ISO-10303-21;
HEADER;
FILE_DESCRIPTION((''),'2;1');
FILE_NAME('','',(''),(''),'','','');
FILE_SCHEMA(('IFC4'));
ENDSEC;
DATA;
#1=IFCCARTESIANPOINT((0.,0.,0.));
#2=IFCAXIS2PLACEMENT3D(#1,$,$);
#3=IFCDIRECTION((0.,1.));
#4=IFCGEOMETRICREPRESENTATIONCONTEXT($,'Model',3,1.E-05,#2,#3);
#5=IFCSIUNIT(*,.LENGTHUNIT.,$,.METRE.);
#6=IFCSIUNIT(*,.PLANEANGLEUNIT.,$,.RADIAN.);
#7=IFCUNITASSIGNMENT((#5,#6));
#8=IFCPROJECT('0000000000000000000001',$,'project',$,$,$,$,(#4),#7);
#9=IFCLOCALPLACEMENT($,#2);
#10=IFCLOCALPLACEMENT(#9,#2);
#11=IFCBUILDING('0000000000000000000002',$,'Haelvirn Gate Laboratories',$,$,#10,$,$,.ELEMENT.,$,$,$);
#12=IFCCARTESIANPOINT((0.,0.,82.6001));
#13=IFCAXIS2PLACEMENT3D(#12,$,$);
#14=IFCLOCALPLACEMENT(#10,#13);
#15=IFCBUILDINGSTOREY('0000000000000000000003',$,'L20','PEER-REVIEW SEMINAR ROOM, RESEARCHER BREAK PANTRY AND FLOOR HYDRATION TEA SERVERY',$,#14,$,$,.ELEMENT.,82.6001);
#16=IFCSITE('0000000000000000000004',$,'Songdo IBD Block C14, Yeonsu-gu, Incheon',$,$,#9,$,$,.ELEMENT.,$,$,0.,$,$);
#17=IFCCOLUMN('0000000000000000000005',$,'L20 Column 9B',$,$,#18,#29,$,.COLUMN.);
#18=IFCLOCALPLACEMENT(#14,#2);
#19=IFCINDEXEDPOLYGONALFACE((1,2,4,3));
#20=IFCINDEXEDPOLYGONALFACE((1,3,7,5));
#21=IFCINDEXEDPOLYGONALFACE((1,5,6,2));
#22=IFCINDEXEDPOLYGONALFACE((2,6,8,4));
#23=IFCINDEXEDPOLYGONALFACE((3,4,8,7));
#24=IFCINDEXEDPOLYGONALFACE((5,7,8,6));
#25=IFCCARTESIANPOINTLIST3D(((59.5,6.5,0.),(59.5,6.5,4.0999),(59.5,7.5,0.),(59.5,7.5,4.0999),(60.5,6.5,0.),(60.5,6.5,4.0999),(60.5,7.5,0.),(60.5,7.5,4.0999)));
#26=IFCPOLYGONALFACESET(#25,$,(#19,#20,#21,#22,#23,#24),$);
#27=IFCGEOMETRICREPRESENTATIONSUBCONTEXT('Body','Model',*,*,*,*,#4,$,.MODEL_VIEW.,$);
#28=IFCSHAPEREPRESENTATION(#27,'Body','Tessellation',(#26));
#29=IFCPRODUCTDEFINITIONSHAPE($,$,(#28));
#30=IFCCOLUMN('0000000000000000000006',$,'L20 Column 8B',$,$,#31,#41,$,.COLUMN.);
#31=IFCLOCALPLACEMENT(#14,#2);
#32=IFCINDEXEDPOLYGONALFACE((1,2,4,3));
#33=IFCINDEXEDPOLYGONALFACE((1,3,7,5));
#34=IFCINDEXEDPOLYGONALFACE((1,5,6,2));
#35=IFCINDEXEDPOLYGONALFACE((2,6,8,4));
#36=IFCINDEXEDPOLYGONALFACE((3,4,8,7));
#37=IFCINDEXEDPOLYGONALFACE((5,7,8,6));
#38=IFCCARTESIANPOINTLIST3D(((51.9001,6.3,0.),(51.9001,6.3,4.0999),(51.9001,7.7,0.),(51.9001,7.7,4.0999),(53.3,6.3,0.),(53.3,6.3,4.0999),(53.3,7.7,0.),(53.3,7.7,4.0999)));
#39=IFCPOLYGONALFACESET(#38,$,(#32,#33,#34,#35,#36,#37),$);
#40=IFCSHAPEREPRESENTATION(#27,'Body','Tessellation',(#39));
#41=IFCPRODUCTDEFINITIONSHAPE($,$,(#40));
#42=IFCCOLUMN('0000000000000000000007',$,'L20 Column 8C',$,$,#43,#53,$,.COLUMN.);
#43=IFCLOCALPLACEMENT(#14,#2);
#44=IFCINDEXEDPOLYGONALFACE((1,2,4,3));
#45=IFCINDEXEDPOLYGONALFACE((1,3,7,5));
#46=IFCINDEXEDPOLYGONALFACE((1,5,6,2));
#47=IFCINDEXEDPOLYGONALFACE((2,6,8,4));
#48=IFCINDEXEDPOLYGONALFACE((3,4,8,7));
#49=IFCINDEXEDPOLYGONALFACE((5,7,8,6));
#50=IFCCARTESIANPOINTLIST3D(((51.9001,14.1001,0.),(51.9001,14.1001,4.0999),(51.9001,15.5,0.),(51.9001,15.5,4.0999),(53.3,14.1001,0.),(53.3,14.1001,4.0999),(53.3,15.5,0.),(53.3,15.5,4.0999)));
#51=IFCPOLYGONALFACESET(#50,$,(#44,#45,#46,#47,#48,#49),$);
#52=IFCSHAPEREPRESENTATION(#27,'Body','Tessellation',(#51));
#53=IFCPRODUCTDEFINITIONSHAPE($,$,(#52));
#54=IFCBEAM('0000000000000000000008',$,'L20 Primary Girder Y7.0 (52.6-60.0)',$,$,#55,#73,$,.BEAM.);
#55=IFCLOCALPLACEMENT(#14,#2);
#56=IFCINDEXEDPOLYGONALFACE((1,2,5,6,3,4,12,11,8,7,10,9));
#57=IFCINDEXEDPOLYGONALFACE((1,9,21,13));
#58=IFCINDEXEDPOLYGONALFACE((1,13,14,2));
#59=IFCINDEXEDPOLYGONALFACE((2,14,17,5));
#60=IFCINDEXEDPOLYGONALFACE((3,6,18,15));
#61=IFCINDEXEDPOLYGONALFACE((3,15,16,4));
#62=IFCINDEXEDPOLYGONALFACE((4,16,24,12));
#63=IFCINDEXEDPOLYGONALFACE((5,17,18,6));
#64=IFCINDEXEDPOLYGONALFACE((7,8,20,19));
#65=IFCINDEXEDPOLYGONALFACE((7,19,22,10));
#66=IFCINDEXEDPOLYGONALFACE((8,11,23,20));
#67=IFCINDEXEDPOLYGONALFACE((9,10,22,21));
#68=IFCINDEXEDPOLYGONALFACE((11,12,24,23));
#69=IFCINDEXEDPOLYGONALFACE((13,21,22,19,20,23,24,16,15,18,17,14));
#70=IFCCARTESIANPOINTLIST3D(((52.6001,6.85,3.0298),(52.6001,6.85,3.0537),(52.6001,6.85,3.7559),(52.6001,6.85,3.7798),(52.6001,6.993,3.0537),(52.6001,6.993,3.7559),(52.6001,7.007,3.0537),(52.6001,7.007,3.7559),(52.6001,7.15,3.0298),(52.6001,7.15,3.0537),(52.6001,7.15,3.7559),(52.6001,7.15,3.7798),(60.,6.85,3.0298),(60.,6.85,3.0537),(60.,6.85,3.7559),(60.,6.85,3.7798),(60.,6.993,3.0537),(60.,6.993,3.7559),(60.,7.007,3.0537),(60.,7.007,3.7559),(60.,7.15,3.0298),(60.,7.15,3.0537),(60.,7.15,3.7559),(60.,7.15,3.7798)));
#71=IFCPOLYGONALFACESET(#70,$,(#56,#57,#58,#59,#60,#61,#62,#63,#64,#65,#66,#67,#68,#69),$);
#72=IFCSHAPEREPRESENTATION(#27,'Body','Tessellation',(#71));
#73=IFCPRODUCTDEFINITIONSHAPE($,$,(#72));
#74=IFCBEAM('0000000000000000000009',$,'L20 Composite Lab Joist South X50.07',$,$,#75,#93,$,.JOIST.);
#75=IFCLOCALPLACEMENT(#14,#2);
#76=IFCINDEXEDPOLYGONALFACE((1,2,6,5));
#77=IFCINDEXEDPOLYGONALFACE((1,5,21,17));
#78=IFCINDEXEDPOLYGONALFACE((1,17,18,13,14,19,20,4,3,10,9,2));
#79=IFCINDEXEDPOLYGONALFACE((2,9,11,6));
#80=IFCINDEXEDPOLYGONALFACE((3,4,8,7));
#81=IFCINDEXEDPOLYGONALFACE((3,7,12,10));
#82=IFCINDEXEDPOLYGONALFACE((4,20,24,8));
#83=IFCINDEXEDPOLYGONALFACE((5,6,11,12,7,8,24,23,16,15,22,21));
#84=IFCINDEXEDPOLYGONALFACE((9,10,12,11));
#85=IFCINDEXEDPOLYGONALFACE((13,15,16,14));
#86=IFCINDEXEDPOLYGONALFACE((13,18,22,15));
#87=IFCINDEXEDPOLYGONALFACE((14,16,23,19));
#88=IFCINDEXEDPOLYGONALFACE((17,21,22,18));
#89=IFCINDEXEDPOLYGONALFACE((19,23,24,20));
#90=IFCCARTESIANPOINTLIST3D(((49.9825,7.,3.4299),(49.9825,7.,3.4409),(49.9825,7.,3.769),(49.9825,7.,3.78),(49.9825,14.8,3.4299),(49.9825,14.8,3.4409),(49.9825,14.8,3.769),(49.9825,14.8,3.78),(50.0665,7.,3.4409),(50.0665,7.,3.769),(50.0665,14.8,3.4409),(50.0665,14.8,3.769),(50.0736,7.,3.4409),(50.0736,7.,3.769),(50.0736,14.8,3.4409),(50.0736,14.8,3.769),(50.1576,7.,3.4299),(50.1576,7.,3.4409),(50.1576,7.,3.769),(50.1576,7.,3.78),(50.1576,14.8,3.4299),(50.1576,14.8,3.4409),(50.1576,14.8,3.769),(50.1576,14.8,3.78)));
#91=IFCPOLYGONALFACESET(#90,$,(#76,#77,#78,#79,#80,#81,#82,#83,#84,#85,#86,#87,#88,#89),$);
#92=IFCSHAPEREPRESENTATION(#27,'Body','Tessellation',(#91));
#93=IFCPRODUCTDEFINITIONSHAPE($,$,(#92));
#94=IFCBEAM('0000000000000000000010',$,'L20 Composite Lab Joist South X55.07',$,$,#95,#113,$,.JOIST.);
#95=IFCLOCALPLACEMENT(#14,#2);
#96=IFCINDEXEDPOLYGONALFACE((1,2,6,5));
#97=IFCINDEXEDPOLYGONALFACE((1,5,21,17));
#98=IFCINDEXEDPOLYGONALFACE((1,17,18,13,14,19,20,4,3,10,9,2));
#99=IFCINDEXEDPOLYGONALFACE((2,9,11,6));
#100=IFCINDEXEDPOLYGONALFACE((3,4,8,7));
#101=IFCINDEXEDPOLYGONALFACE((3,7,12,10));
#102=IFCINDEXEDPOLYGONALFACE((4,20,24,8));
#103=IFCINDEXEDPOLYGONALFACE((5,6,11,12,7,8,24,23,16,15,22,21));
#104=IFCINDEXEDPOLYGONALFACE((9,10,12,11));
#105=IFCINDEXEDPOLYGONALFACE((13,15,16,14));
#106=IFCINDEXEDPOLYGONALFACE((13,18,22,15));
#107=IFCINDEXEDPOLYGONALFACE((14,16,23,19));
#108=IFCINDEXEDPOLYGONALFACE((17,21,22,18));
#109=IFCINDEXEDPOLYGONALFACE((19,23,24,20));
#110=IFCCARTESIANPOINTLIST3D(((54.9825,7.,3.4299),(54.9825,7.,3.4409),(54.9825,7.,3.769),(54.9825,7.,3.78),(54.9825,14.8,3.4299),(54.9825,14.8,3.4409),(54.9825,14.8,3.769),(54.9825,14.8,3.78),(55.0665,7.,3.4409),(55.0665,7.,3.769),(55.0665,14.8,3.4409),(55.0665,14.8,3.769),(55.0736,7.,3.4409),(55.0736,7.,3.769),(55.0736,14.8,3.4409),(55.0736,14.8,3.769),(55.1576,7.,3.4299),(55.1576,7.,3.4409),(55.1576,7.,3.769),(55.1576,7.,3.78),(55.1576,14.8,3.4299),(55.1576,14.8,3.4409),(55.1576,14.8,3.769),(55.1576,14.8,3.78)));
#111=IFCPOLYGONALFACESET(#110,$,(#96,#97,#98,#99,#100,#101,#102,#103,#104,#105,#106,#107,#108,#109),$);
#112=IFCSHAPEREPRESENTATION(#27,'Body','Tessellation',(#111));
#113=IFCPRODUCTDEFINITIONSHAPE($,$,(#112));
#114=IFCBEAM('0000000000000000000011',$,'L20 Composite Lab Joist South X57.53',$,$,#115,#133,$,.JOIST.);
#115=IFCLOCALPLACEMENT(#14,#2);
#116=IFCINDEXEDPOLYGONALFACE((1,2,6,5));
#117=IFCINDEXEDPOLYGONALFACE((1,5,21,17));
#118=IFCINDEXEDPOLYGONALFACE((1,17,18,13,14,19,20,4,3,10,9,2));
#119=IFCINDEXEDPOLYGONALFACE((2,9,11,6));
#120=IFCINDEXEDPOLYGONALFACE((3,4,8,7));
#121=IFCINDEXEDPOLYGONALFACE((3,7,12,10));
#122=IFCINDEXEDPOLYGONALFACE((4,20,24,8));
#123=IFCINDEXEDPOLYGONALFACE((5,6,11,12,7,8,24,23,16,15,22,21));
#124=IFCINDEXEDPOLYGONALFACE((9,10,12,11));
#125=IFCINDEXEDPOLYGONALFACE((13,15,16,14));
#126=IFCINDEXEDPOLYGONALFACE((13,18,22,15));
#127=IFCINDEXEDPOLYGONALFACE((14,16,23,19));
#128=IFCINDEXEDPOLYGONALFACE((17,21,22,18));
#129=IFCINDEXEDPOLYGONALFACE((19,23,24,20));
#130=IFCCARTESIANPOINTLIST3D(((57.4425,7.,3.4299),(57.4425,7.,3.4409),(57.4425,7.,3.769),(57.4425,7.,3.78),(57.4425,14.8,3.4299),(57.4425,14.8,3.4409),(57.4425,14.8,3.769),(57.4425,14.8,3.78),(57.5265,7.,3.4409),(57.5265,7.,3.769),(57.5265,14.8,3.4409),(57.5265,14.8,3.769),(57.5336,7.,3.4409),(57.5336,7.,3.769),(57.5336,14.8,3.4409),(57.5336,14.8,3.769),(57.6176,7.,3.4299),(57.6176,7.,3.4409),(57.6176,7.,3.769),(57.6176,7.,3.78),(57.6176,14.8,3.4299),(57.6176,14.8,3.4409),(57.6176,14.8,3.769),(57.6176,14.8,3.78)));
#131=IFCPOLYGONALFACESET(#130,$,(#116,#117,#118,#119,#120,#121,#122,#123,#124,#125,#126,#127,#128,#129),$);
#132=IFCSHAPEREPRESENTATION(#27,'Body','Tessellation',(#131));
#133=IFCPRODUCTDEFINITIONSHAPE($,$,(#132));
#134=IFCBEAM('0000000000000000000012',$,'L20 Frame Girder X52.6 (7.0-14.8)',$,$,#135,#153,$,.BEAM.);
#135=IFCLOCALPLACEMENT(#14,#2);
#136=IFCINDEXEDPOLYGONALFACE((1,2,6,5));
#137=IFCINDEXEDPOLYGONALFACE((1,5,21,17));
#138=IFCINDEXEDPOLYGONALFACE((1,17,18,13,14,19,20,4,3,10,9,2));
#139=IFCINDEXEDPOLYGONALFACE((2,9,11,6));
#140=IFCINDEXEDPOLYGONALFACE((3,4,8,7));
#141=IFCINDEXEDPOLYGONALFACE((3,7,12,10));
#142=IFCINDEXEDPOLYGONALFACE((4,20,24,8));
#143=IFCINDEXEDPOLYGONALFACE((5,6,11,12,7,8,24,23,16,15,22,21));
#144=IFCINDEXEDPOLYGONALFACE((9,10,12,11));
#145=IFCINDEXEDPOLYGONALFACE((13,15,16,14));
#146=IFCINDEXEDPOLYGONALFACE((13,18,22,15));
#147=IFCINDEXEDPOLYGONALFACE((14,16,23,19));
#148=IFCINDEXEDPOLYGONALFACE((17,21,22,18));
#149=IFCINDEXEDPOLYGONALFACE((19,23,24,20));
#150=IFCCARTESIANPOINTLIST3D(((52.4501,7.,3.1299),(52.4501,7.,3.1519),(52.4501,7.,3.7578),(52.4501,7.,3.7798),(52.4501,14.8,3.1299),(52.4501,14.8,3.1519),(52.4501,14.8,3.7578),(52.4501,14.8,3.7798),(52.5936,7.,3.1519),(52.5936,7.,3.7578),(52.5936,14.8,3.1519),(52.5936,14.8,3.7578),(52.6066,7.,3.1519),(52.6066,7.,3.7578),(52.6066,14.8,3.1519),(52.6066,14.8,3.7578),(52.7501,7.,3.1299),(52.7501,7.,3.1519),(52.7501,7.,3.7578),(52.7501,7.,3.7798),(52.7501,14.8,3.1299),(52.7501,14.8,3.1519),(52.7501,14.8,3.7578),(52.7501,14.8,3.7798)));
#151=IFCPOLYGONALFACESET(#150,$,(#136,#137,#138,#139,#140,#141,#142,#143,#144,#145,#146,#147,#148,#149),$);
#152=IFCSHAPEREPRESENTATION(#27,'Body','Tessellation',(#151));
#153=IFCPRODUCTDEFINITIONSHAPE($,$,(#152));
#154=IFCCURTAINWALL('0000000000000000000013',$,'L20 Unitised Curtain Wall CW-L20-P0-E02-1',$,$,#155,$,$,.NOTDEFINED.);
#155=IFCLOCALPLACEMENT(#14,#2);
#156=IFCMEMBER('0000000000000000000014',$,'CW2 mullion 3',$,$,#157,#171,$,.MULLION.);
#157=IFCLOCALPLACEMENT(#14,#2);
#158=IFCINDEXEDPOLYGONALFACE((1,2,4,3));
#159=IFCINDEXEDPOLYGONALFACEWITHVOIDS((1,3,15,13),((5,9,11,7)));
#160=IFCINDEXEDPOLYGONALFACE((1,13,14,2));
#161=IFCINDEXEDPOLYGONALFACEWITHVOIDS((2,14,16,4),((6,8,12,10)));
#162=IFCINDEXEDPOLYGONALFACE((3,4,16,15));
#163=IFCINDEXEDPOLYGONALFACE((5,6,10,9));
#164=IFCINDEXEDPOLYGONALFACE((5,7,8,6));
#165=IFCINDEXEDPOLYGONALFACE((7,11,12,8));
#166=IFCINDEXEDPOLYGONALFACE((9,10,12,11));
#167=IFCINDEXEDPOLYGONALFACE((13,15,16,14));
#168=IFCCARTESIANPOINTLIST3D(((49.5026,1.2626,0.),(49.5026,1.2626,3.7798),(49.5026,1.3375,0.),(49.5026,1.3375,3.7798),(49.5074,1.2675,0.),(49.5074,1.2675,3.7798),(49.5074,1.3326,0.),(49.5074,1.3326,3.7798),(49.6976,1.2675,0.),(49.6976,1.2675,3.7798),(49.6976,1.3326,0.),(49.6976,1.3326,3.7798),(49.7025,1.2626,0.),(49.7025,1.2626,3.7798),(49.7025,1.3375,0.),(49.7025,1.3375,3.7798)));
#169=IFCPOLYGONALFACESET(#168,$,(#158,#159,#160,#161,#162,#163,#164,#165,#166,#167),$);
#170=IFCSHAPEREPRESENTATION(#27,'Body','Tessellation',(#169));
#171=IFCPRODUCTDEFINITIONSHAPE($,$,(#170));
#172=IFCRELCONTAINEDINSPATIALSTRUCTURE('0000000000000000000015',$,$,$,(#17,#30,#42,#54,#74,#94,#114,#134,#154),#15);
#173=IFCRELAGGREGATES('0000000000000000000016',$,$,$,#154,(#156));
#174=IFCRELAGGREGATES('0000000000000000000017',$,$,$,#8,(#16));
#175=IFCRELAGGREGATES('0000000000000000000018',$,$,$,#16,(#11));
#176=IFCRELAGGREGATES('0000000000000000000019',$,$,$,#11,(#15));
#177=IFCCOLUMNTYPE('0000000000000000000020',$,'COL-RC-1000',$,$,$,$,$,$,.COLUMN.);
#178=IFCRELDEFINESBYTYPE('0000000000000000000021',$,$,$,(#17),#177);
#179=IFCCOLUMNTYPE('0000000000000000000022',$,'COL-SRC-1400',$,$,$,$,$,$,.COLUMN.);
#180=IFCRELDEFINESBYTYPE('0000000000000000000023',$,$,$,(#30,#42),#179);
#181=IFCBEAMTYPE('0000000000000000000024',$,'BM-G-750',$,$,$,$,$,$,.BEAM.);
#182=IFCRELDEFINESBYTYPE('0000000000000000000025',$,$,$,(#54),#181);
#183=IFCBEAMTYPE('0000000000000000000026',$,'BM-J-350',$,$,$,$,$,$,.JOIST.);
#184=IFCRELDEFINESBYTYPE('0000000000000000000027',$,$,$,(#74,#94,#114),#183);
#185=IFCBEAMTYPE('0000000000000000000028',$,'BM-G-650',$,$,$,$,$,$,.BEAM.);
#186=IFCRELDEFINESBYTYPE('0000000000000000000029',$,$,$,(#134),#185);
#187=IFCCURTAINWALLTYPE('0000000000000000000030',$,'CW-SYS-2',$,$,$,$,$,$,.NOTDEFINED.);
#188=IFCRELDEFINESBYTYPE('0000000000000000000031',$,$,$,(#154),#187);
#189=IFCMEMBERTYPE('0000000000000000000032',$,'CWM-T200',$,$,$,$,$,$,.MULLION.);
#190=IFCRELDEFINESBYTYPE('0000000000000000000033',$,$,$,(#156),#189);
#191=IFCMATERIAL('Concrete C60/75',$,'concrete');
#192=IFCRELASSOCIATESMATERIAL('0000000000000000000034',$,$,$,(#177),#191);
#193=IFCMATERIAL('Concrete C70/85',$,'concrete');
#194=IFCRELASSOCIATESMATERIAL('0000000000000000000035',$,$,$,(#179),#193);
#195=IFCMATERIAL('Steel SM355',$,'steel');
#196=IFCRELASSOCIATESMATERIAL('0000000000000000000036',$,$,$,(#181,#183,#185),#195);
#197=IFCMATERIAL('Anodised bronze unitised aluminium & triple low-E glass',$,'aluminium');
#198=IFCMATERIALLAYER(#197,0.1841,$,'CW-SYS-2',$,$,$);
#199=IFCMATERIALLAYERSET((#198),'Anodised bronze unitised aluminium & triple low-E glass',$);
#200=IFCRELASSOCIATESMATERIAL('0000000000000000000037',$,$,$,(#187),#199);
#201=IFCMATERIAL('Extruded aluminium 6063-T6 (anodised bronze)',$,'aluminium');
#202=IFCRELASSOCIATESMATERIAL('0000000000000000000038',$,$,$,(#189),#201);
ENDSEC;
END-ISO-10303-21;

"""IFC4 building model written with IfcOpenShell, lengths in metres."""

from ifc_helpers import new_model, si_unit, direction, frame, origin, origin_2d, place, context, subcontext, project, spatial, rectangle, hollow_rectangle, i_section, extrude, source, transform, mapped, material, layer, layer_set, material_profile, profile_set, type_object, type_shapes, element, aggregate, save


model = new_model("IFC4")

# Units and contexts
model_context = context("Model", 3, precision=1e-05, world=origin(), true_north=direction((0.0, 1.0)))
body_context = subcontext(model_context, "Body", "Model", "MODEL_VIEW")
ifc_project = project(units=[si_unit("LENGTHUNIT", "METRE"), si_unit("PLANEANGLEUNIT", "RADIAN")], contexts=[model_context])

# Site, building, storey
site_placement = place(None, origin())
site = spatial("IfcSite", under=ifc_project, at=site_placement, Name="Songdo IBD Block C14, Yeonsu-gu, Incheon", CompositionType="ELEMENT", RefElevation=0.0)
building_placement = place(site_placement, origin())
building = spatial("IfcBuilding", under=site, at=building_placement, Name="Haelvirn Gate Laboratories", CompositionType="ELEMENT")
storey_placement = place(building_placement, frame((0.0, 0.0, 82.6001)))
storey = spatial("IfcBuildingStorey", under=building, at=storey_placement, Name="L20", Description="PEER-REVIEW SEMINAR ROOM, RESEARCHER BREAK PANTRY AND FLOOR HYDRATION TEA SERVERY", CompositionType="ELEMENT", Elevation=82.6001)

# Columns
ifc_material_1 = material(Name="Concrete C60/75", Category="concrete")
ifc_material_profile_1 = material_profile(ifc_material_1, rectangle(XDim=1.0, YDim=1.0, at=origin_2d()), Name="RC-1000x1000")
ifc_profile_set_1 = profile_set([ifc_material_profile_1], Name="Concrete C60/75")
column_type_1 = type_object("IfcColumnType", Name="COL-RC-1000", PredefinedType="COLUMN", material=ifc_profile_set_1)
shared_shape_1 = source(origin(), body_context, "Body", "SweptSolid", [
    extrude(rectangle(XDim=1.0, YDim=1.0, at=origin_2d()), origin(), (0.0, 0.0, 1.0), 4.0999),
])
type_shapes(column_type_1, [shared_shape_1])
column_placement = place(storey_placement, frame((60.0, 7.0, 0.0), z_axis=(0.0, 0.0, 1.0), x_axis=(1.0, 0.0, 0.0)))
element("IfcColumn", 1, at=column_placement, inside=storey, type_object=column_type_1, Name="L20 Column 9B", PredefinedType="COLUMN", context=body_context, shape_type="MappedRepresentation", body=[
    mapped(shared_shape_1, transform((0.0, 0.0, 0.0), scale=1.0)),
])
ifc_material_2 = material(Name="Concrete C70/85", Category="concrete")
ifc_material_profile_2 = material_profile(ifc_material_2, rectangle(XDim=1.3999, YDim=1.3999, at=origin_2d()), Name="SRC-1400x1400")
ifc_profile_set_2 = profile_set([ifc_material_profile_2], Name="Concrete C70/85")
column_type_2 = type_object("IfcColumnType", Name="COL-SRC-1400", PredefinedType="COLUMN", material=ifc_profile_set_2)
shared_shape_2 = source(origin(), body_context, "Body", "SweptSolid", [
    extrude(rectangle(XDim=1.3999, YDim=1.3999, at=origin_2d()), origin(), (0.0, 0.0, 1.0), 4.0999),
])
type_shapes(column_type_2, [shared_shape_2])
for number, where, z_axis, x_axis, name in (
    (2, (52.6001, 7.0, 0.0), (0.0, 0.0, 1.0), (1.0, 0.0, 0.0), "L20 Column 8B"),
    (3, (52.6001, 14.8, 0.0), (0.0, 0.0, 1.0), (1.0, 0.0, 0.0), "L20 Column 8C"),
):
    element("IfcColumn", number, at=place(storey_placement, frame(where, z_axis=z_axis, x_axis=x_axis)), inside=storey, type_object=column_type_2, Name=name, PredefinedType="COLUMN", context=body_context, shape_type="MappedRepresentation", body=[
        mapped(shared_shape_2, transform((0.0, 0.0, 0.0), scale=1.0)),
    ])

# Beams
ifc_material_3 = material(Name="Steel SM355", Category="steel")
ifc_material_profile_3 = material_profile(ifc_material_3, i_section(OverallWidth=0.3, OverallDepth=0.75, WebThickness=0.0139, FlangeThickness=0.0239, at=origin_2d()), Name="H-750x300x14x24")
ifc_profile_set_3 = profile_set([ifc_material_profile_3], Name="Steel SM355")
beam_type_1 = type_object("IfcBeamType", Name="BM-G-750", PredefinedType="BEAM", material=ifc_profile_set_3)
shared_shape_3 = source(origin(), body_context, "Body", "SweptSolid", [
    extrude(i_section(OverallWidth=0.3, OverallDepth=0.75, WebThickness=0.0139, FlangeThickness=0.0239, at=origin_2d()), origin(), (0.0, 0.0, 1.0), 7.3999),
])
type_shapes(beam_type_1, [shared_shape_3])
beam_1_placement = place(storey_placement, frame((52.6001, 7.0, 3.4048), z_axis=(1.0, 0.0, 0.0), x_axis=(0.0, 1.0, 0.0)))
element("IfcBeam", 4, at=beam_1_placement, inside=storey, type_object=beam_type_1, Name="L20 Primary Girder Y7.0 (52.6-60.0)", PredefinedType="BEAM", context=body_context, shape_type="MappedRepresentation", body=[
    mapped(shared_shape_3, transform((0.0, 0.0, 0.0), scale=1.0)),
])
ifc_material_profile_4 = material_profile(ifc_material_3, i_section(OverallWidth=0.175, OverallDepth=0.3501, WebThickness=0.0071, FlangeThickness=0.011, at=origin_2d()), Name="H-350x175x7x11")
ifc_profile_set_4 = profile_set([ifc_material_profile_4], Name="Steel SM355")
beam_type_2 = type_object("IfcBeamType", Name="BM-J-350", PredefinedType="JOIST", material=ifc_profile_set_4)
shared_shape_4 = source(origin(), body_context, "Body", "SweptSolid", [
    extrude(i_section(OverallWidth=0.175, OverallDepth=0.3501, WebThickness=0.0071, FlangeThickness=0.011, at=origin_2d()), origin(), (0.0, 0.0, 1.0), 7.8),
])
type_shapes(beam_type_2, [shared_shape_4])
for number, where, z_axis, x_axis, name in (
    (5, (50.0701, 7.0, 3.605), (0.0, 1.0, 0.0), (-1.0, 0.0, 0.0), "L20 Composite Lab Joist South X50.07"),
    (6, (55.0701, 7.0, 3.605), (0.0, 1.0, 0.0), (-1.0, 0.0, 0.0), "L20 Composite Lab Joist South X55.07"),
    (7, (57.53, 7.0, 3.605), (0.0, 1.0, 0.0), (-1.0, 0.0, 0.0), "L20 Composite Lab Joist South X57.53"),
):
    element("IfcBeam", number, at=place(storey_placement, frame(where, z_axis=z_axis, x_axis=x_axis)), inside=storey, type_object=beam_type_2, Name=name, PredefinedType="JOIST", context=body_context, shape_type="MappedRepresentation", body=[
        mapped(shared_shape_4, transform((0.0, 0.0, 0.0), scale=1.0)),
    ])
ifc_material_profile_5 = material_profile(ifc_material_3, i_section(OverallWidth=0.3, OverallDepth=0.6499, WebThickness=0.0129, FlangeThickness=0.022, at=origin_2d()), Name="H-650x300x13x22")
ifc_profile_set_5 = profile_set([ifc_material_profile_5], Name="Steel SM355")
beam_type_3 = type_object("IfcBeamType", Name="BM-G-650", PredefinedType="BEAM", material=ifc_profile_set_5)
shared_shape_5 = source(origin(), body_context, "Body", "SweptSolid", [
    extrude(i_section(OverallWidth=0.3, OverallDepth=0.6499, WebThickness=0.0129, FlangeThickness=0.022, at=origin_2d()), origin(), (0.0, 0.0, 1.0), 7.8),
])
type_shapes(beam_type_3, [shared_shape_5])
beam_2_placement = place(storey_placement, frame((52.6001, 7.0, 3.4548), z_axis=(0.0, 1.0, 0.0), x_axis=(-1.0, 0.0, 0.0)))
element("IfcBeam", 8, at=beam_2_placement, inside=storey, type_object=beam_type_3, Name="L20 Frame Girder X52.6 (7.0-14.8)", PredefinedType="BEAM", context=body_context, shape_type="MappedRepresentation", body=[
    mapped(shared_shape_5, transform((0.0, 0.0, 0.0), scale=1.0)),
])

# Curtain wall, member
ifc_material_4 = material(Name="Anodised bronze unitised aluminium & triple low-E glass", Category="aluminium")
ifc_layer_1 = layer(ifc_material_4, 0.1841, Name="CW-SYS-2")
ifc_layer_set_1 = layer_set([ifc_layer_1], Name="Anodised bronze unitised aluminium & triple low-E glass")
curtain_wall_type = type_object("IfcCurtainWallType", Name="CW-SYS-2", PredefinedType="NOTDEFINED", material=ifc_layer_set_1)
curtain_wall_1_placement = place(storey_placement, origin())
curtain_wall_1 = element("IfcCurtainWall", 9, at=curtain_wall_1_placement, inside=storey, type_object=curtain_wall_type, Name="L20 Unitised Curtain Wall CW-L20-P0-E02-1", PredefinedType="NOTDEFINED")
ifc_material_5 = material(Name="Extruded aluminium 6063-T6 (anodised bronze)", Category="aluminium")
ifc_material_profile_6 = material_profile(ifc_material_5, hollow_rectangle(XDim=0.075, YDim=0.2, WallThickness=0.0049, at=origin_2d()), Name="CWM-200x75x5")
ifc_profile_set_6 = profile_set([ifc_material_profile_6], Name="Extruded aluminium 6063-T6 (anodised bronze)")
member_type = type_object("IfcMemberType", Name="CWM-T200", PredefinedType="MULLION", material=ifc_profile_set_6)
shared_shape_6 = source(origin(), body_context, "Body", "SweptSolid", [
    extrude(hollow_rectangle(XDim=0.075, YDim=0.2, WallThickness=0.0049, at=origin_2d()), origin(), (0.0, 0.0, 1.0), 3.7798),
])
type_shapes(member_type, [shared_shape_6])
member_placement = place(storey_placement, frame((49.6025, 1.3, 0.0), z_axis=(0.0, 0.0, 1.0), x_axis=(0.0, 1.0, 0.0)))
member = element("IfcMember", 10, at=member_placement, type_object=member_type, Name="CW2 mullion 3", PredefinedType="MULLION", context=body_context, shape_type="MappedRepresentation", body=[
    mapped(shared_shape_6, transform((0.0, 0.0, 0.0), scale=1.0)),
])
aggregate(curtain_wall_1, [member])

save(model, "model.ifc")
